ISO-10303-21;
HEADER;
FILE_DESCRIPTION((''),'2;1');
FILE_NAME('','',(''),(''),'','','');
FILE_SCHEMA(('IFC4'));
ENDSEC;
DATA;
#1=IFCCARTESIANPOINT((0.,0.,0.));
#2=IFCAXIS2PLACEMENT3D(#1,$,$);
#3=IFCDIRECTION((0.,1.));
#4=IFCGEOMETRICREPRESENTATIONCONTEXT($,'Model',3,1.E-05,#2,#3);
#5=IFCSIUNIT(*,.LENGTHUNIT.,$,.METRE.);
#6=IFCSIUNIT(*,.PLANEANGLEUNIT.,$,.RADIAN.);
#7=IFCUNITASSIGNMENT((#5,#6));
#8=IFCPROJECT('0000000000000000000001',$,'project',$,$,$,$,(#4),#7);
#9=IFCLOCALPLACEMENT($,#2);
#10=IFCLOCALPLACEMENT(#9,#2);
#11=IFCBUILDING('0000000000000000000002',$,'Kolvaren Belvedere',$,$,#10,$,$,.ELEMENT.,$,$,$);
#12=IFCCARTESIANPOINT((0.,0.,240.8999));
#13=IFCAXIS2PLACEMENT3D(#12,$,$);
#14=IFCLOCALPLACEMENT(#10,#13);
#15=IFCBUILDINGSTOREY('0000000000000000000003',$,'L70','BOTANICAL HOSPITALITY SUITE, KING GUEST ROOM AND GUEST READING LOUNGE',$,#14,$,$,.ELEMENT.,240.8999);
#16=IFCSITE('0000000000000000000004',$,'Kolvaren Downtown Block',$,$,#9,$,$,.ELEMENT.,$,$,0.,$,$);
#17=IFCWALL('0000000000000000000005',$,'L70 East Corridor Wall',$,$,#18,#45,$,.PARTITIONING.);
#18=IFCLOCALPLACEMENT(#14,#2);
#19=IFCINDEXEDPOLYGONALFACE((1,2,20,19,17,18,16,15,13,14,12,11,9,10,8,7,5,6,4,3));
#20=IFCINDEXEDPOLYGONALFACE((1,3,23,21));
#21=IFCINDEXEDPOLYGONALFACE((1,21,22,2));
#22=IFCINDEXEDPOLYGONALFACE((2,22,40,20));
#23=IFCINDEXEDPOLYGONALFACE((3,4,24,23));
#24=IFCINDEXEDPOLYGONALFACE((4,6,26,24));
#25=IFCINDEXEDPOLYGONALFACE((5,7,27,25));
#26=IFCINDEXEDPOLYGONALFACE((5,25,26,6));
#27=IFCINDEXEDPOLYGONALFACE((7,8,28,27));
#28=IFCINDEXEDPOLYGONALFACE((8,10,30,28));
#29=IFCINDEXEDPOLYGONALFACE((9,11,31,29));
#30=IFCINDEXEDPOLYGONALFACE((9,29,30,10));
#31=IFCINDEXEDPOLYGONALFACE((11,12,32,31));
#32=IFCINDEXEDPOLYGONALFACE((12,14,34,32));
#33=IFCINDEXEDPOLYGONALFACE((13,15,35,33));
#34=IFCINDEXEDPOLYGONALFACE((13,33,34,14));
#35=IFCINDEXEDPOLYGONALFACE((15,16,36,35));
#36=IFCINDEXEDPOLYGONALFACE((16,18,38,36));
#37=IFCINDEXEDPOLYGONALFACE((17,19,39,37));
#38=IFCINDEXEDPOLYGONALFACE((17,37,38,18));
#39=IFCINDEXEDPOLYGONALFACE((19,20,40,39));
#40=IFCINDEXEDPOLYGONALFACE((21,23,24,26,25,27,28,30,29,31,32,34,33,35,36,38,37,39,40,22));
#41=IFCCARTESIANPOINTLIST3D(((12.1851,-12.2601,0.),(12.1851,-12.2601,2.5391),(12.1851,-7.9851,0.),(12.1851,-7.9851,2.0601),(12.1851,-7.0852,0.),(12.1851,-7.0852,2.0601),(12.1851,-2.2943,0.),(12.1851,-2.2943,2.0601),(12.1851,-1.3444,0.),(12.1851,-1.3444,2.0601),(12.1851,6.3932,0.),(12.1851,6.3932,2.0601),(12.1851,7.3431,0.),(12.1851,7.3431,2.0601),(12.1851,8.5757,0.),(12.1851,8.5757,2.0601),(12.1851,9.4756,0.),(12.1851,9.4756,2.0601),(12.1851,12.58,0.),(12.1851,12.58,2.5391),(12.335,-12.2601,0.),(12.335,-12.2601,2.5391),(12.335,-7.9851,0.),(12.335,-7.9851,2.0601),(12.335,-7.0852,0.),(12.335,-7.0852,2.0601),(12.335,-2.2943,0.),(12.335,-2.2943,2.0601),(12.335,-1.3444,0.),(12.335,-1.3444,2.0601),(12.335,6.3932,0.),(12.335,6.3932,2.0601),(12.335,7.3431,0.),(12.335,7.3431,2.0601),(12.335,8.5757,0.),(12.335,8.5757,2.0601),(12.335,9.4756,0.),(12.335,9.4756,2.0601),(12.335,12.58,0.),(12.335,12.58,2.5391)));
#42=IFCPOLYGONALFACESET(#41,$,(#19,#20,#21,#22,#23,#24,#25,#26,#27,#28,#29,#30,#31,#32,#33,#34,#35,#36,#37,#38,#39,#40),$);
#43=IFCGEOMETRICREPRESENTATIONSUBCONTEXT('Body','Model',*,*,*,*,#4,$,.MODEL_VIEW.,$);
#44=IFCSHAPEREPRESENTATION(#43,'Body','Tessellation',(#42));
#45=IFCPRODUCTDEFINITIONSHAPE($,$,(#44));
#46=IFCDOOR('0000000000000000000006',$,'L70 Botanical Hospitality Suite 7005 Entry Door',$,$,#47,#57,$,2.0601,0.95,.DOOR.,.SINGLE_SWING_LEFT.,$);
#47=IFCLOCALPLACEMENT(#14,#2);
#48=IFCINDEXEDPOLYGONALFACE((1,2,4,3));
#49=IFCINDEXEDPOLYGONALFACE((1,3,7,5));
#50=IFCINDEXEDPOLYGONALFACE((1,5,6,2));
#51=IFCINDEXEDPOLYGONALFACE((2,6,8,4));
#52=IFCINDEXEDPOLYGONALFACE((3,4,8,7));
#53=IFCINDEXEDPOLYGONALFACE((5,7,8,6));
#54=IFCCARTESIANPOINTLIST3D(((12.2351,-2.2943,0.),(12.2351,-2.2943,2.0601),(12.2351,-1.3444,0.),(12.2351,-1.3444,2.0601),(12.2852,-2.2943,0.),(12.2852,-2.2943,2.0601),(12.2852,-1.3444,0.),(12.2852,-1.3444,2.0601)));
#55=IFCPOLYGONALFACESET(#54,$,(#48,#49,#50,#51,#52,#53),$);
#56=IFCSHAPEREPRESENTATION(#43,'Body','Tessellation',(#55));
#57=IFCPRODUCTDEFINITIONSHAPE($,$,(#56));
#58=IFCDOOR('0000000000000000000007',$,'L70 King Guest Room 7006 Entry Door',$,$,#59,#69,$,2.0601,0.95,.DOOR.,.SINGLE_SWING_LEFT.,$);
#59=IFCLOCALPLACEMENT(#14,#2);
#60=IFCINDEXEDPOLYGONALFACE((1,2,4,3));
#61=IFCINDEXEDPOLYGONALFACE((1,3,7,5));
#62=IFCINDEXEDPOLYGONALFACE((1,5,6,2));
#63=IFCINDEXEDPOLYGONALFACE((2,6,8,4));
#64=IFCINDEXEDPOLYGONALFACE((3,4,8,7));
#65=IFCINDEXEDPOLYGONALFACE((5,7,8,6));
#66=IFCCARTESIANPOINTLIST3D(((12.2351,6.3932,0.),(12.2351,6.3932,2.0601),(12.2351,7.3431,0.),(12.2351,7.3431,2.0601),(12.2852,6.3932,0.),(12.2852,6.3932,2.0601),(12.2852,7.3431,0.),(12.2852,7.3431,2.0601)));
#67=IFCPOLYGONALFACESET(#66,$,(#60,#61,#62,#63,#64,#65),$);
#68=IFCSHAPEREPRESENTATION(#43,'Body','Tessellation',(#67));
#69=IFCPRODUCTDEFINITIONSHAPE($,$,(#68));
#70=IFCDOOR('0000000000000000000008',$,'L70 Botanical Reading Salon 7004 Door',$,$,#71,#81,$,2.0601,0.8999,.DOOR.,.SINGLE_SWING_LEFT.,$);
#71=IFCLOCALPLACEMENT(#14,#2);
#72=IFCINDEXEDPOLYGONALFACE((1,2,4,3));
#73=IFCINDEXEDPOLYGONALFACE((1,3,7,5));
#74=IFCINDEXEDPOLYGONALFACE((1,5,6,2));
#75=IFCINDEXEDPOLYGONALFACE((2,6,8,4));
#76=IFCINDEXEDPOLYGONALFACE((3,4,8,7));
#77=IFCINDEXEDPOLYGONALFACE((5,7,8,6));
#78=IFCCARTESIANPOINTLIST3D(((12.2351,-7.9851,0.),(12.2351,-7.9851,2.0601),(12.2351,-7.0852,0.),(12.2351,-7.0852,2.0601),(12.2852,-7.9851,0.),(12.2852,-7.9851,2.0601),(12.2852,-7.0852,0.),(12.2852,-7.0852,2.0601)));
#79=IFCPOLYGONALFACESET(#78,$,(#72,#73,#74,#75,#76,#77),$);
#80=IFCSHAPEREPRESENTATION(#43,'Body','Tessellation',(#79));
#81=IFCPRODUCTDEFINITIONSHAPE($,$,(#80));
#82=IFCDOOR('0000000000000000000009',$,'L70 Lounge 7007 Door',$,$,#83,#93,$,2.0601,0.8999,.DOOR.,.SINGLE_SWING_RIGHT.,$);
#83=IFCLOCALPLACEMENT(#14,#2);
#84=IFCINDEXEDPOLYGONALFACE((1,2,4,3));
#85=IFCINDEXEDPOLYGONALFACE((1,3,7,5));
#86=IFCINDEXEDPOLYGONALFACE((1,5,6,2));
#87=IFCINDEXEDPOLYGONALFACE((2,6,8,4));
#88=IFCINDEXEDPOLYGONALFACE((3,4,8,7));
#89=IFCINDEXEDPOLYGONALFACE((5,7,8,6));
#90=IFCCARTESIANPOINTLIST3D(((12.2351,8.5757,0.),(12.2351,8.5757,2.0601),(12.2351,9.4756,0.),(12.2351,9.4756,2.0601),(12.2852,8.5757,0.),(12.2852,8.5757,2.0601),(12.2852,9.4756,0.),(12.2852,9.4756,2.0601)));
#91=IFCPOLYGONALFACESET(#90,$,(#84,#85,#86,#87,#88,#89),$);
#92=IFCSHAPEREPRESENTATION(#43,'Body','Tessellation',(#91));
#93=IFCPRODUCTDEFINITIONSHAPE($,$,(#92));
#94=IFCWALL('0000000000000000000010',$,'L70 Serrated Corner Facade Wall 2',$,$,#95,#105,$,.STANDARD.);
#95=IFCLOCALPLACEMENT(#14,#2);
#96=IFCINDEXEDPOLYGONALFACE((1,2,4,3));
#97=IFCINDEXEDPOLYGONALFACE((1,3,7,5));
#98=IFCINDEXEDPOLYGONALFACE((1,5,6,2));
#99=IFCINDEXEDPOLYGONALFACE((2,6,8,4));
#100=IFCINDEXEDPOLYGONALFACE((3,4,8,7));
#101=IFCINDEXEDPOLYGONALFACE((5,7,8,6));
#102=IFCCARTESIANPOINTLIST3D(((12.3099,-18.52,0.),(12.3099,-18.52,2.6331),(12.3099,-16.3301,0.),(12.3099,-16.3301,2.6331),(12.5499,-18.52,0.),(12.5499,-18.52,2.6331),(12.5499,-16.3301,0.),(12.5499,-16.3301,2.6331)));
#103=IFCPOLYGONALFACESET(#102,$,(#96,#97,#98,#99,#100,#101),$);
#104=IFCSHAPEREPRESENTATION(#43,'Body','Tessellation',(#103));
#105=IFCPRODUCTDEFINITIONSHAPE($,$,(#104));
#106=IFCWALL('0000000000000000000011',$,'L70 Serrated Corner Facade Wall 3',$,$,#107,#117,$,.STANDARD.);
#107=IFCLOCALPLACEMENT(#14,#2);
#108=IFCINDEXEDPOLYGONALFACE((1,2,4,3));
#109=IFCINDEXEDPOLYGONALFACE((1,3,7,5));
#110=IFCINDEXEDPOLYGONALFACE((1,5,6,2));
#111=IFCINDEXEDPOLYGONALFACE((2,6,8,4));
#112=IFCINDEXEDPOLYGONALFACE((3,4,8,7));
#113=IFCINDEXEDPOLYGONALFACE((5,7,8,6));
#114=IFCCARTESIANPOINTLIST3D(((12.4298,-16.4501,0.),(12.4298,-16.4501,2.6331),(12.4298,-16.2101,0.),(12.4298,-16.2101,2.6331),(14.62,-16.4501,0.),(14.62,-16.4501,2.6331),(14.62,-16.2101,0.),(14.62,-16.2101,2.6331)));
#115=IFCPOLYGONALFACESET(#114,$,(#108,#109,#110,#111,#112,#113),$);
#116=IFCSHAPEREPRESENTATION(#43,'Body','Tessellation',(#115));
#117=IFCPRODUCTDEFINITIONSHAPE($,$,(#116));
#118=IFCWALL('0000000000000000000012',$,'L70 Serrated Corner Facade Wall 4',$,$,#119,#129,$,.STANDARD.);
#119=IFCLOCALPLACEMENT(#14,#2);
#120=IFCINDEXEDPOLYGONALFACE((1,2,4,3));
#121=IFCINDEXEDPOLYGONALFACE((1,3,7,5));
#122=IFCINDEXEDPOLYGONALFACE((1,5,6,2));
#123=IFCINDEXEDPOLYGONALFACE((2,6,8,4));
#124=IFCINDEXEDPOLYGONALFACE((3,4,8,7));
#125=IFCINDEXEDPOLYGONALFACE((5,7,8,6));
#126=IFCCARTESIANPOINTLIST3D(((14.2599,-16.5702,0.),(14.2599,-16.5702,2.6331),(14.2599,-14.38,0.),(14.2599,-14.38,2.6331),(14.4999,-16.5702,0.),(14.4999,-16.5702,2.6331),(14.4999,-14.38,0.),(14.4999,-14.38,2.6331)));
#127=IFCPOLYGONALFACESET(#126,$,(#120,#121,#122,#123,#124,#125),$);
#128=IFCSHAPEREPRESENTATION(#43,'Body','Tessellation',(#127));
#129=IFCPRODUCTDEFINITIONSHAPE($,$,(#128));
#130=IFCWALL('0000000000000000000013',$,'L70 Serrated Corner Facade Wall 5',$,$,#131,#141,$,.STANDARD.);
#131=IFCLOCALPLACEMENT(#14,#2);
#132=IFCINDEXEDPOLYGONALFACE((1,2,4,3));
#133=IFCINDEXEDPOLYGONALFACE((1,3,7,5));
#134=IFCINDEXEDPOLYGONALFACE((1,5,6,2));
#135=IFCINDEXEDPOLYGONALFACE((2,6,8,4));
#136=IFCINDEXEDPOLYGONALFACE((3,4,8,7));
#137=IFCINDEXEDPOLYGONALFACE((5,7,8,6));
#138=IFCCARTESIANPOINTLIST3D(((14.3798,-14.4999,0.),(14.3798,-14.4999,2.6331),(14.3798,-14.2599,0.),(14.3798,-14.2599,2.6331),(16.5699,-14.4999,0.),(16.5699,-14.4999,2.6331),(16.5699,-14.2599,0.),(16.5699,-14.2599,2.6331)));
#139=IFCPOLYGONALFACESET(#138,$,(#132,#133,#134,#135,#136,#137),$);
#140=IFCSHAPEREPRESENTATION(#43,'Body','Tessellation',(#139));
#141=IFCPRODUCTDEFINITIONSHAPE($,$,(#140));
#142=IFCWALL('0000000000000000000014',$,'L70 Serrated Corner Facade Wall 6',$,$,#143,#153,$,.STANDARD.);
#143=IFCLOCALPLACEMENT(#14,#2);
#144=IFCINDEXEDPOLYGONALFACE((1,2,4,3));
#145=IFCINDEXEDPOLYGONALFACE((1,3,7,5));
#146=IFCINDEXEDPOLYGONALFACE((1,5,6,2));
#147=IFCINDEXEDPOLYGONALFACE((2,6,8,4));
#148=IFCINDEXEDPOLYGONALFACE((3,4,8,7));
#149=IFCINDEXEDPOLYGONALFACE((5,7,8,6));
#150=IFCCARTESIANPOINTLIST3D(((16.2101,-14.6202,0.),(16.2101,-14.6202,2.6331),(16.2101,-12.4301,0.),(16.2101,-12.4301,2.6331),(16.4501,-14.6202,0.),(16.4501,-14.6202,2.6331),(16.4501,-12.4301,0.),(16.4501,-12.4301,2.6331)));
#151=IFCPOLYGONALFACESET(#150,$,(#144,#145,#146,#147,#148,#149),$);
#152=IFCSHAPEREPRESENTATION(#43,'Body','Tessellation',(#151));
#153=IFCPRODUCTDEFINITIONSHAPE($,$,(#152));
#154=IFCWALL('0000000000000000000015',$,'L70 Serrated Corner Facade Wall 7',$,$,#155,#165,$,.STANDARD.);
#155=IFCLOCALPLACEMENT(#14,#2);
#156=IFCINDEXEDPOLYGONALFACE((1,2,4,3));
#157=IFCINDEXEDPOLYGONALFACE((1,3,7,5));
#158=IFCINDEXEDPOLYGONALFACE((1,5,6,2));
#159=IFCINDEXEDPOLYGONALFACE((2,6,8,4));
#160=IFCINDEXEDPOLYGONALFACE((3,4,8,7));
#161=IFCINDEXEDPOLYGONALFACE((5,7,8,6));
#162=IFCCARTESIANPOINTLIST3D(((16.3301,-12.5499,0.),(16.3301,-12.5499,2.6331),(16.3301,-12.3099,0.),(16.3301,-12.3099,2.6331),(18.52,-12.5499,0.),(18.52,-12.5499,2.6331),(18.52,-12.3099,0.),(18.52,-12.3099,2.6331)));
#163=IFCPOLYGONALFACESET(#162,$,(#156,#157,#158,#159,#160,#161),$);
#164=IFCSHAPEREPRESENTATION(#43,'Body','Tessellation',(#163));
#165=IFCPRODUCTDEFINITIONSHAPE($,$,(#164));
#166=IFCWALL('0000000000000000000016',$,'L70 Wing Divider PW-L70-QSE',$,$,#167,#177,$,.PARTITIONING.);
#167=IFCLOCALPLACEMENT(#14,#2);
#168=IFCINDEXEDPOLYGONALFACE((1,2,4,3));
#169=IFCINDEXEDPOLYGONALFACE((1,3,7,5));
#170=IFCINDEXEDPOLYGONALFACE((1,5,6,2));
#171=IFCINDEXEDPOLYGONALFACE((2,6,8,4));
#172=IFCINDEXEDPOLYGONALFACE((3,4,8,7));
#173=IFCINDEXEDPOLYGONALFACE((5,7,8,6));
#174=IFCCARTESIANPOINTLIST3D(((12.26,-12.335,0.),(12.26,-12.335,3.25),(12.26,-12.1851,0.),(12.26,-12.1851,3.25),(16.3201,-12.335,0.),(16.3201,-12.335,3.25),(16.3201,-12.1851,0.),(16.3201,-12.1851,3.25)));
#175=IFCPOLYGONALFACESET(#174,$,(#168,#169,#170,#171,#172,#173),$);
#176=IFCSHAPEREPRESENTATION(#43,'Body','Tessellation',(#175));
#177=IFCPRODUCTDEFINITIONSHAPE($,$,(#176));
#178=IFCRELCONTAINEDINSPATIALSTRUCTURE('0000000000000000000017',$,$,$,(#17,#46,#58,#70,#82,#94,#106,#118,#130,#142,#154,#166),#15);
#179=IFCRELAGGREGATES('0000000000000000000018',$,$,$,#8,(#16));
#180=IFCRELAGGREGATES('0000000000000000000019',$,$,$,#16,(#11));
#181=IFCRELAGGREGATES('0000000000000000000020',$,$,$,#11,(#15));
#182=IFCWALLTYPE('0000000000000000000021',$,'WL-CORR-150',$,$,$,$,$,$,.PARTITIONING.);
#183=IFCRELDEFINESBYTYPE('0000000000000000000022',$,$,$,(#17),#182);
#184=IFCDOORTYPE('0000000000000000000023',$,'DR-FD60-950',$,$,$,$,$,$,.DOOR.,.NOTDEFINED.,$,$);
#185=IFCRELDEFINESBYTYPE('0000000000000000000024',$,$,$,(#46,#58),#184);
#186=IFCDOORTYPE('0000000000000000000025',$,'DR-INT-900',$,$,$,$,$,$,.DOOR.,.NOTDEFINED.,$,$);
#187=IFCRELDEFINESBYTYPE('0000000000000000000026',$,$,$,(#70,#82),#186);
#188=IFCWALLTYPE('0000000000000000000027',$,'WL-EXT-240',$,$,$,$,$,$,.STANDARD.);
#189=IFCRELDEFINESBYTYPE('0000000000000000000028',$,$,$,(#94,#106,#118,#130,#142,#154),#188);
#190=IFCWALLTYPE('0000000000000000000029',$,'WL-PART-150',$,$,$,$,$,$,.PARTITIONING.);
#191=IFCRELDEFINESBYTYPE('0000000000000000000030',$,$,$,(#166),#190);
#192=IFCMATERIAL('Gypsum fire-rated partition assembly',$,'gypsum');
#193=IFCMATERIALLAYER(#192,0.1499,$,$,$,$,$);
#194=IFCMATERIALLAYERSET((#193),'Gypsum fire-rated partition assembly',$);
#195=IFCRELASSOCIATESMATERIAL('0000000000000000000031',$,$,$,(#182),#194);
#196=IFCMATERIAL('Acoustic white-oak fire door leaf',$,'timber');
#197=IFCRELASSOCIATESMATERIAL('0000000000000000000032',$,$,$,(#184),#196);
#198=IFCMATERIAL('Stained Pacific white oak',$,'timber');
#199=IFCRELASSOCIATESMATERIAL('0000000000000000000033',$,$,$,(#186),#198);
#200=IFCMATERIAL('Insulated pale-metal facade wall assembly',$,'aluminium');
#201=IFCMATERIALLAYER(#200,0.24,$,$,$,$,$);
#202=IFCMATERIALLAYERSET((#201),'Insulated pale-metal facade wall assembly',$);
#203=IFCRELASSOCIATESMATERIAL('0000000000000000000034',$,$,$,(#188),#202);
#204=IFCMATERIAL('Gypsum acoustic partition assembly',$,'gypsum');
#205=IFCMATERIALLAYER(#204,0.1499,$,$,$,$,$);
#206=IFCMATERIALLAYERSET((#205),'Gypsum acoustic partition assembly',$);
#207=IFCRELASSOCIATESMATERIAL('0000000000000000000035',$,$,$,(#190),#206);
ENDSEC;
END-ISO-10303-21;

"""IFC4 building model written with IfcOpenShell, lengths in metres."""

from ifc_helpers import new_model, si_unit, direction, frame, frame_2d, origin, place, context, subcontext, project, spatial, rectangle, extrude, material, layer, layer_set, type_object, element, fill, save


model = new_model("IFC4")

# Units and contexts
model_context = context("Model", 3, precision=1e-05, world=origin(), true_north=direction((0.0, 1.0)))
body_context = subcontext(model_context, "Body", "Model", "MODEL_VIEW")
ifc_project = project(units=[si_unit("LENGTHUNIT", "METRE"), si_unit("PLANEANGLEUNIT", "RADIAN")], contexts=[model_context])

# Site, building, storey
site_placement = place(None, origin())
site = spatial("IfcSite", under=ifc_project, at=site_placement, Name="Kolvaren Downtown Block", CompositionType="ELEMENT", RefElevation=0.0)
building_placement = place(site_placement, origin())
building = spatial("IfcBuilding", under=site, at=building_placement, Name="Kolvaren Belvedere", CompositionType="ELEMENT")
storey_placement = place(building_placement, frame((0.0, 0.0, 240.8999)))
storey = spatial("IfcBuildingStorey", under=building, at=storey_placement, Name="L70", Description="BOTANICAL HOSPITALITY SUITE, KING GUEST ROOM AND GUEST READING LOUNGE", CompositionType="ELEMENT", Elevation=240.8999)

# Wall, openings, doors
ifc_material_1 = material(Name="Gypsum fire-rated partition assembly", Category="gypsum")
ifc_layer_1 = layer(ifc_material_1, 0.1499)
ifc_layer_set_1 = layer_set([ifc_layer_1], Name="Gypsum fire-rated partition assembly")
wall_type_1 = type_object("IfcWallType", Name="WL-CORR-150", PredefinedType="PARTITIONING", material=ifc_layer_set_1)
wall_1_placement = place(storey_placement, frame((12.26, -12.26, 0.0), z_axis=(0.0, 0.0, 1.0), x_axis=(0.0, 1.0, 0.0)))
wall_1 = element("IfcWall", 1, at=wall_1_placement, inside=storey, type_object=wall_type_1, Name="L70 East Corridor Wall", PredefinedType="PARTITIONING", context=body_context, shape_type="SweptSolid", body=[
    extrude(rectangle(XDim=24.8401, YDim=0.1499, at=frame_2d((12.4199, 0.0))), origin(), (0.0, 0.0, 1.0), 2.5391),
])
opening_1_placement = place(wall_1_placement, frame((4.2749, 0.0, 0.0)))
opening_1 = element("IfcOpeningElement", 2, at=opening_1_placement, cuts=wall_1, PredefinedType="OPENING", context=body_context, shape_type="SweptSolid", body=[
    extrude(rectangle(XDim=0.8999, YDim=2.0601, at=frame_2d((0.45, 1.03))), frame((0.0, 0.085, 0.0), z_axis=(0.0, -1.0, 0.0), x_axis=(1.0, 0.0, 0.0)), (0.0, 0.0, 1.0), 0.1699),
])
opening_2_placement = place(wall_1_placement, frame((9.9656, 0.0, 0.0)))
opening_2 = element("IfcOpeningElement", 3, at=opening_2_placement, cuts=wall_1, PredefinedType="OPENING", context=body_context, shape_type="SweptSolid", body=[
    extrude(rectangle(XDim=0.95, YDim=2.0601, at=frame_2d((0.4751, 1.03))), frame((0.0, 0.085, 0.0), z_axis=(0.0, -1.0, 0.0), x_axis=(1.0, 0.0, 0.0)), (0.0, 0.0, 1.0), 0.1699),
])
opening_3_placement = place(wall_1_placement, frame((18.6531, 0.0, 0.0)))
opening_3 = element("IfcOpeningElement", 4, at=opening_3_placement, cuts=wall_1, PredefinedType="OPENING", context=body_context, shape_type="SweptSolid", body=[
    extrude(rectangle(XDim=0.95, YDim=2.0601, at=frame_2d((0.4751, 1.03))), frame((0.0, 0.085, 0.0), z_axis=(0.0, -1.0, 0.0), x_axis=(1.0, 0.0, 0.0)), (0.0, 0.0, 1.0), 0.1699),
])
opening_4_placement = place(wall_1_placement, frame((20.8357, 0.0, 0.0)))
opening_4 = element("IfcOpeningElement", 5, at=opening_4_placement, cuts=wall_1, PredefinedType="OPENING", context=body_context, shape_type="SweptSolid", body=[
    extrude(rectangle(XDim=0.8999, YDim=2.0601, at=frame_2d((0.45, 1.03))), frame((0.0, 0.085, 0.0), z_axis=(0.0, -1.0, 0.0), x_axis=(1.0, 0.0, 0.0)), (0.0, 0.0, 1.0), 0.1699),
])
ifc_material_2 = material(Name="Acoustic white-oak fire door leaf", Category="timber")
door_type_1 = type_object("IfcDoorType", Name="DR-FD60-950", OperationType="NOTDEFINED", PredefinedType="DOOR", material=ifc_material_2)
door_1_placement = place(opening_2_placement, origin())
door_1 = element("IfcDoor", 6, at=door_1_placement, inside=storey, type_object=door_type_1, Name="L70 Botanical Hospitality Suite 7005 Entry Door", OperationType="SINGLE_SWING_LEFT", OverallHeight=2.0601, OverallWidth=0.95, PredefinedType="DOOR", context=body_context, shape_type="SweptSolid", body=[
    extrude(rectangle(XDim=0.95, YDim=2.0601, at=frame_2d((0.4751, 1.03))), frame((0.0, 0.0249, 0.0), z_axis=(0.0, -1.0, 0.0), x_axis=(1.0, 0.0, 0.0)), (0.0, 0.0, 1.0), 0.05),
])
fill(opening_2, door_1)
door_2_placement = place(opening_3_placement, origin())
door_2 = element("IfcDoor", 7, at=door_2_placement, inside=storey, type_object=door_type_1, Name="L70 King Guest Room 7006 Entry Door", OperationType="SINGLE_SWING_LEFT", OverallHeight=2.0601, OverallWidth=0.95, PredefinedType="DOOR", context=body_context, shape_type="SweptSolid", body=[
    extrude(rectangle(XDim=0.95, YDim=2.0601, at=frame_2d((0.4751, 1.03))), frame((0.0, 0.0249, 0.0), z_axis=(0.0, -1.0, 0.0), x_axis=(1.0, 0.0, 0.0)), (0.0, 0.0, 1.0), 0.05),
])
fill(opening_3, door_2)
ifc_material_3 = material(Name="Stained Pacific white oak", Category="timber")
door_type_2 = type_object("IfcDoorType", Name="DR-INT-900", OperationType="NOTDEFINED", PredefinedType="DOOR", material=ifc_material_3)
door_3_placement = place(opening_1_placement, origin())
door_3 = element("IfcDoor", 8, at=door_3_placement, inside=storey, type_object=door_type_2, Name="L70 Botanical Reading Salon 7004 Door", OperationType="SINGLE_SWING_LEFT", OverallHeight=2.0601, OverallWidth=0.8999, PredefinedType="DOOR", context=body_context, shape_type="SweptSolid", body=[
    extrude(rectangle(XDim=0.8999, YDim=2.0601, at=frame_2d((0.45, 1.03))), frame((0.0, 0.0249, 0.0), z_axis=(0.0, -1.0, 0.0), x_axis=(1.0, 0.0, 0.0)), (0.0, 0.0, 1.0), 0.05),
])
fill(opening_1, door_3)
door_4_placement = place(opening_4_placement, origin())
door_4 = element("IfcDoor", 9, at=door_4_placement, inside=storey, type_object=door_type_2, Name="L70 Lounge 7007 Door", OperationType="SINGLE_SWING_RIGHT", OverallHeight=2.0601, OverallWidth=0.8999, PredefinedType="DOOR", context=body_context, shape_type="SweptSolid", body=[
    extrude(rectangle(XDim=0.8999, YDim=2.0601, at=frame_2d((0.45, 1.03))), frame((0.0, 0.0249, 0.0), z_axis=(0.0, -1.0, 0.0), x_axis=(1.0, 0.0, 0.0)), (0.0, 0.0, 1.0), 0.05),
])
fill(opening_4, door_4)

# Walls
ifc_material_4 = material(Name="Insulated pale-metal facade wall assembly", Category="aluminium")
ifc_layer_2 = layer(ifc_material_4, 0.24)
ifc_layer_set_2 = layer_set([ifc_layer_2], Name="Insulated pale-metal facade wall assembly")
wall_type_2 = type_object("IfcWallType", Name="WL-EXT-240", PredefinedType="STANDARD", material=ifc_layer_set_2)
wall_2_placement = place(storey_placement, frame((12.4299, -16.3301, 0.0), z_axis=(0.0, 0.0, 1.0), x_axis=(0.0, -1.0, 0.0)))
element("IfcWall", 10, at=wall_2_placement, inside=storey, type_object=wall_type_2, Name="L70 Serrated Corner Facade Wall 2", PredefinedType="STANDARD", context=body_context, shape_type="SweptSolid", body=[
    extrude(rectangle(XDim=2.1899, YDim=0.24, at=frame_2d((1.095, 0.0))), origin(), (0.0, 0.0, 1.0), 2.6331),
])
for number, where, z_axis, x_axis, name in (
    (11, (14.6201, -16.3301, 0.0), (0.0, 0.0, 1.0), (-1.0, 0.0, 0.0), "L70 Serrated Corner Facade Wall 3"),
    (12, (14.3799, -14.3799, 0.0), (0.0, 0.0, 1.0), (0.0, -1.0, 0.0), "L70 Serrated Corner Facade Wall 4"),
    (13, (16.5701, -14.3799, 0.0), (0.0, 0.0, 1.0), (-1.0, 0.0, 0.0), "L70 Serrated Corner Facade Wall 5"),
    (14, (16.3301, -12.4299, 0.0), (0.0, 0.0, 1.0), (0.0, -1.0, 0.0), "L70 Serrated Corner Facade Wall 6"),
):
    element("IfcWall", number, at=place(storey_placement, frame(where, z_axis=z_axis, x_axis=x_axis)), inside=storey, type_object=wall_type_2, Name=name, PredefinedType="STANDARD", context=body_context, shape_type="SweptSolid", body=[
        extrude(rectangle(XDim=2.1902, YDim=0.24, at=frame_2d((1.0952, 0.0))), origin(), (0.0, 0.0, 1.0), 2.6331),
    ])
wall_3_placement = place(storey_placement, frame((18.52, -12.4299, 0.0), z_axis=(0.0, 0.0, 1.0), x_axis=(-1.0, 0.0, 0.0)))
element("IfcWall", 15, at=wall_3_placement, inside=storey, type_object=wall_type_2, Name="L70 Serrated Corner Facade Wall 7", PredefinedType="STANDARD", context=body_context, shape_type="SweptSolid", body=[
    extrude(rectangle(XDim=2.1899, YDim=0.24, at=frame_2d((1.095, 0.0))), origin(), (0.0, 0.0, 1.0), 2.6331),
])
ifc_material_5 = material(Name="Gypsum acoustic partition assembly", Category="gypsum")
ifc_layer_3 = layer(ifc_material_5, 0.1499)
ifc_layer_set_3 = layer_set([ifc_layer_3], Name="Gypsum acoustic partition assembly")
wall_type_3 = type_object("IfcWallType", Name="WL-PART-150", PredefinedType="PARTITIONING", material=ifc_layer_set_3)
wall_4_placement = place(storey_placement, frame((12.26, -12.26, 0.0), z_axis=(0.0, 0.0, 1.0), x_axis=(1.0, 0.0, 0.0)))
element("IfcWall", 16, at=wall_4_placement, inside=storey, type_object=wall_type_3, Name="L70 Wing Divider PW-L70-QSE", PredefinedType="PARTITIONING", context=body_context, shape_type="SweptSolid", body=[
    extrude(rectangle(XDim=4.0601, YDim=0.1499, at=frame_2d((2.03, 0.0))), origin(), (0.0, 0.0, 1.0), 3.25),
])

save(model, "model.ifc")
